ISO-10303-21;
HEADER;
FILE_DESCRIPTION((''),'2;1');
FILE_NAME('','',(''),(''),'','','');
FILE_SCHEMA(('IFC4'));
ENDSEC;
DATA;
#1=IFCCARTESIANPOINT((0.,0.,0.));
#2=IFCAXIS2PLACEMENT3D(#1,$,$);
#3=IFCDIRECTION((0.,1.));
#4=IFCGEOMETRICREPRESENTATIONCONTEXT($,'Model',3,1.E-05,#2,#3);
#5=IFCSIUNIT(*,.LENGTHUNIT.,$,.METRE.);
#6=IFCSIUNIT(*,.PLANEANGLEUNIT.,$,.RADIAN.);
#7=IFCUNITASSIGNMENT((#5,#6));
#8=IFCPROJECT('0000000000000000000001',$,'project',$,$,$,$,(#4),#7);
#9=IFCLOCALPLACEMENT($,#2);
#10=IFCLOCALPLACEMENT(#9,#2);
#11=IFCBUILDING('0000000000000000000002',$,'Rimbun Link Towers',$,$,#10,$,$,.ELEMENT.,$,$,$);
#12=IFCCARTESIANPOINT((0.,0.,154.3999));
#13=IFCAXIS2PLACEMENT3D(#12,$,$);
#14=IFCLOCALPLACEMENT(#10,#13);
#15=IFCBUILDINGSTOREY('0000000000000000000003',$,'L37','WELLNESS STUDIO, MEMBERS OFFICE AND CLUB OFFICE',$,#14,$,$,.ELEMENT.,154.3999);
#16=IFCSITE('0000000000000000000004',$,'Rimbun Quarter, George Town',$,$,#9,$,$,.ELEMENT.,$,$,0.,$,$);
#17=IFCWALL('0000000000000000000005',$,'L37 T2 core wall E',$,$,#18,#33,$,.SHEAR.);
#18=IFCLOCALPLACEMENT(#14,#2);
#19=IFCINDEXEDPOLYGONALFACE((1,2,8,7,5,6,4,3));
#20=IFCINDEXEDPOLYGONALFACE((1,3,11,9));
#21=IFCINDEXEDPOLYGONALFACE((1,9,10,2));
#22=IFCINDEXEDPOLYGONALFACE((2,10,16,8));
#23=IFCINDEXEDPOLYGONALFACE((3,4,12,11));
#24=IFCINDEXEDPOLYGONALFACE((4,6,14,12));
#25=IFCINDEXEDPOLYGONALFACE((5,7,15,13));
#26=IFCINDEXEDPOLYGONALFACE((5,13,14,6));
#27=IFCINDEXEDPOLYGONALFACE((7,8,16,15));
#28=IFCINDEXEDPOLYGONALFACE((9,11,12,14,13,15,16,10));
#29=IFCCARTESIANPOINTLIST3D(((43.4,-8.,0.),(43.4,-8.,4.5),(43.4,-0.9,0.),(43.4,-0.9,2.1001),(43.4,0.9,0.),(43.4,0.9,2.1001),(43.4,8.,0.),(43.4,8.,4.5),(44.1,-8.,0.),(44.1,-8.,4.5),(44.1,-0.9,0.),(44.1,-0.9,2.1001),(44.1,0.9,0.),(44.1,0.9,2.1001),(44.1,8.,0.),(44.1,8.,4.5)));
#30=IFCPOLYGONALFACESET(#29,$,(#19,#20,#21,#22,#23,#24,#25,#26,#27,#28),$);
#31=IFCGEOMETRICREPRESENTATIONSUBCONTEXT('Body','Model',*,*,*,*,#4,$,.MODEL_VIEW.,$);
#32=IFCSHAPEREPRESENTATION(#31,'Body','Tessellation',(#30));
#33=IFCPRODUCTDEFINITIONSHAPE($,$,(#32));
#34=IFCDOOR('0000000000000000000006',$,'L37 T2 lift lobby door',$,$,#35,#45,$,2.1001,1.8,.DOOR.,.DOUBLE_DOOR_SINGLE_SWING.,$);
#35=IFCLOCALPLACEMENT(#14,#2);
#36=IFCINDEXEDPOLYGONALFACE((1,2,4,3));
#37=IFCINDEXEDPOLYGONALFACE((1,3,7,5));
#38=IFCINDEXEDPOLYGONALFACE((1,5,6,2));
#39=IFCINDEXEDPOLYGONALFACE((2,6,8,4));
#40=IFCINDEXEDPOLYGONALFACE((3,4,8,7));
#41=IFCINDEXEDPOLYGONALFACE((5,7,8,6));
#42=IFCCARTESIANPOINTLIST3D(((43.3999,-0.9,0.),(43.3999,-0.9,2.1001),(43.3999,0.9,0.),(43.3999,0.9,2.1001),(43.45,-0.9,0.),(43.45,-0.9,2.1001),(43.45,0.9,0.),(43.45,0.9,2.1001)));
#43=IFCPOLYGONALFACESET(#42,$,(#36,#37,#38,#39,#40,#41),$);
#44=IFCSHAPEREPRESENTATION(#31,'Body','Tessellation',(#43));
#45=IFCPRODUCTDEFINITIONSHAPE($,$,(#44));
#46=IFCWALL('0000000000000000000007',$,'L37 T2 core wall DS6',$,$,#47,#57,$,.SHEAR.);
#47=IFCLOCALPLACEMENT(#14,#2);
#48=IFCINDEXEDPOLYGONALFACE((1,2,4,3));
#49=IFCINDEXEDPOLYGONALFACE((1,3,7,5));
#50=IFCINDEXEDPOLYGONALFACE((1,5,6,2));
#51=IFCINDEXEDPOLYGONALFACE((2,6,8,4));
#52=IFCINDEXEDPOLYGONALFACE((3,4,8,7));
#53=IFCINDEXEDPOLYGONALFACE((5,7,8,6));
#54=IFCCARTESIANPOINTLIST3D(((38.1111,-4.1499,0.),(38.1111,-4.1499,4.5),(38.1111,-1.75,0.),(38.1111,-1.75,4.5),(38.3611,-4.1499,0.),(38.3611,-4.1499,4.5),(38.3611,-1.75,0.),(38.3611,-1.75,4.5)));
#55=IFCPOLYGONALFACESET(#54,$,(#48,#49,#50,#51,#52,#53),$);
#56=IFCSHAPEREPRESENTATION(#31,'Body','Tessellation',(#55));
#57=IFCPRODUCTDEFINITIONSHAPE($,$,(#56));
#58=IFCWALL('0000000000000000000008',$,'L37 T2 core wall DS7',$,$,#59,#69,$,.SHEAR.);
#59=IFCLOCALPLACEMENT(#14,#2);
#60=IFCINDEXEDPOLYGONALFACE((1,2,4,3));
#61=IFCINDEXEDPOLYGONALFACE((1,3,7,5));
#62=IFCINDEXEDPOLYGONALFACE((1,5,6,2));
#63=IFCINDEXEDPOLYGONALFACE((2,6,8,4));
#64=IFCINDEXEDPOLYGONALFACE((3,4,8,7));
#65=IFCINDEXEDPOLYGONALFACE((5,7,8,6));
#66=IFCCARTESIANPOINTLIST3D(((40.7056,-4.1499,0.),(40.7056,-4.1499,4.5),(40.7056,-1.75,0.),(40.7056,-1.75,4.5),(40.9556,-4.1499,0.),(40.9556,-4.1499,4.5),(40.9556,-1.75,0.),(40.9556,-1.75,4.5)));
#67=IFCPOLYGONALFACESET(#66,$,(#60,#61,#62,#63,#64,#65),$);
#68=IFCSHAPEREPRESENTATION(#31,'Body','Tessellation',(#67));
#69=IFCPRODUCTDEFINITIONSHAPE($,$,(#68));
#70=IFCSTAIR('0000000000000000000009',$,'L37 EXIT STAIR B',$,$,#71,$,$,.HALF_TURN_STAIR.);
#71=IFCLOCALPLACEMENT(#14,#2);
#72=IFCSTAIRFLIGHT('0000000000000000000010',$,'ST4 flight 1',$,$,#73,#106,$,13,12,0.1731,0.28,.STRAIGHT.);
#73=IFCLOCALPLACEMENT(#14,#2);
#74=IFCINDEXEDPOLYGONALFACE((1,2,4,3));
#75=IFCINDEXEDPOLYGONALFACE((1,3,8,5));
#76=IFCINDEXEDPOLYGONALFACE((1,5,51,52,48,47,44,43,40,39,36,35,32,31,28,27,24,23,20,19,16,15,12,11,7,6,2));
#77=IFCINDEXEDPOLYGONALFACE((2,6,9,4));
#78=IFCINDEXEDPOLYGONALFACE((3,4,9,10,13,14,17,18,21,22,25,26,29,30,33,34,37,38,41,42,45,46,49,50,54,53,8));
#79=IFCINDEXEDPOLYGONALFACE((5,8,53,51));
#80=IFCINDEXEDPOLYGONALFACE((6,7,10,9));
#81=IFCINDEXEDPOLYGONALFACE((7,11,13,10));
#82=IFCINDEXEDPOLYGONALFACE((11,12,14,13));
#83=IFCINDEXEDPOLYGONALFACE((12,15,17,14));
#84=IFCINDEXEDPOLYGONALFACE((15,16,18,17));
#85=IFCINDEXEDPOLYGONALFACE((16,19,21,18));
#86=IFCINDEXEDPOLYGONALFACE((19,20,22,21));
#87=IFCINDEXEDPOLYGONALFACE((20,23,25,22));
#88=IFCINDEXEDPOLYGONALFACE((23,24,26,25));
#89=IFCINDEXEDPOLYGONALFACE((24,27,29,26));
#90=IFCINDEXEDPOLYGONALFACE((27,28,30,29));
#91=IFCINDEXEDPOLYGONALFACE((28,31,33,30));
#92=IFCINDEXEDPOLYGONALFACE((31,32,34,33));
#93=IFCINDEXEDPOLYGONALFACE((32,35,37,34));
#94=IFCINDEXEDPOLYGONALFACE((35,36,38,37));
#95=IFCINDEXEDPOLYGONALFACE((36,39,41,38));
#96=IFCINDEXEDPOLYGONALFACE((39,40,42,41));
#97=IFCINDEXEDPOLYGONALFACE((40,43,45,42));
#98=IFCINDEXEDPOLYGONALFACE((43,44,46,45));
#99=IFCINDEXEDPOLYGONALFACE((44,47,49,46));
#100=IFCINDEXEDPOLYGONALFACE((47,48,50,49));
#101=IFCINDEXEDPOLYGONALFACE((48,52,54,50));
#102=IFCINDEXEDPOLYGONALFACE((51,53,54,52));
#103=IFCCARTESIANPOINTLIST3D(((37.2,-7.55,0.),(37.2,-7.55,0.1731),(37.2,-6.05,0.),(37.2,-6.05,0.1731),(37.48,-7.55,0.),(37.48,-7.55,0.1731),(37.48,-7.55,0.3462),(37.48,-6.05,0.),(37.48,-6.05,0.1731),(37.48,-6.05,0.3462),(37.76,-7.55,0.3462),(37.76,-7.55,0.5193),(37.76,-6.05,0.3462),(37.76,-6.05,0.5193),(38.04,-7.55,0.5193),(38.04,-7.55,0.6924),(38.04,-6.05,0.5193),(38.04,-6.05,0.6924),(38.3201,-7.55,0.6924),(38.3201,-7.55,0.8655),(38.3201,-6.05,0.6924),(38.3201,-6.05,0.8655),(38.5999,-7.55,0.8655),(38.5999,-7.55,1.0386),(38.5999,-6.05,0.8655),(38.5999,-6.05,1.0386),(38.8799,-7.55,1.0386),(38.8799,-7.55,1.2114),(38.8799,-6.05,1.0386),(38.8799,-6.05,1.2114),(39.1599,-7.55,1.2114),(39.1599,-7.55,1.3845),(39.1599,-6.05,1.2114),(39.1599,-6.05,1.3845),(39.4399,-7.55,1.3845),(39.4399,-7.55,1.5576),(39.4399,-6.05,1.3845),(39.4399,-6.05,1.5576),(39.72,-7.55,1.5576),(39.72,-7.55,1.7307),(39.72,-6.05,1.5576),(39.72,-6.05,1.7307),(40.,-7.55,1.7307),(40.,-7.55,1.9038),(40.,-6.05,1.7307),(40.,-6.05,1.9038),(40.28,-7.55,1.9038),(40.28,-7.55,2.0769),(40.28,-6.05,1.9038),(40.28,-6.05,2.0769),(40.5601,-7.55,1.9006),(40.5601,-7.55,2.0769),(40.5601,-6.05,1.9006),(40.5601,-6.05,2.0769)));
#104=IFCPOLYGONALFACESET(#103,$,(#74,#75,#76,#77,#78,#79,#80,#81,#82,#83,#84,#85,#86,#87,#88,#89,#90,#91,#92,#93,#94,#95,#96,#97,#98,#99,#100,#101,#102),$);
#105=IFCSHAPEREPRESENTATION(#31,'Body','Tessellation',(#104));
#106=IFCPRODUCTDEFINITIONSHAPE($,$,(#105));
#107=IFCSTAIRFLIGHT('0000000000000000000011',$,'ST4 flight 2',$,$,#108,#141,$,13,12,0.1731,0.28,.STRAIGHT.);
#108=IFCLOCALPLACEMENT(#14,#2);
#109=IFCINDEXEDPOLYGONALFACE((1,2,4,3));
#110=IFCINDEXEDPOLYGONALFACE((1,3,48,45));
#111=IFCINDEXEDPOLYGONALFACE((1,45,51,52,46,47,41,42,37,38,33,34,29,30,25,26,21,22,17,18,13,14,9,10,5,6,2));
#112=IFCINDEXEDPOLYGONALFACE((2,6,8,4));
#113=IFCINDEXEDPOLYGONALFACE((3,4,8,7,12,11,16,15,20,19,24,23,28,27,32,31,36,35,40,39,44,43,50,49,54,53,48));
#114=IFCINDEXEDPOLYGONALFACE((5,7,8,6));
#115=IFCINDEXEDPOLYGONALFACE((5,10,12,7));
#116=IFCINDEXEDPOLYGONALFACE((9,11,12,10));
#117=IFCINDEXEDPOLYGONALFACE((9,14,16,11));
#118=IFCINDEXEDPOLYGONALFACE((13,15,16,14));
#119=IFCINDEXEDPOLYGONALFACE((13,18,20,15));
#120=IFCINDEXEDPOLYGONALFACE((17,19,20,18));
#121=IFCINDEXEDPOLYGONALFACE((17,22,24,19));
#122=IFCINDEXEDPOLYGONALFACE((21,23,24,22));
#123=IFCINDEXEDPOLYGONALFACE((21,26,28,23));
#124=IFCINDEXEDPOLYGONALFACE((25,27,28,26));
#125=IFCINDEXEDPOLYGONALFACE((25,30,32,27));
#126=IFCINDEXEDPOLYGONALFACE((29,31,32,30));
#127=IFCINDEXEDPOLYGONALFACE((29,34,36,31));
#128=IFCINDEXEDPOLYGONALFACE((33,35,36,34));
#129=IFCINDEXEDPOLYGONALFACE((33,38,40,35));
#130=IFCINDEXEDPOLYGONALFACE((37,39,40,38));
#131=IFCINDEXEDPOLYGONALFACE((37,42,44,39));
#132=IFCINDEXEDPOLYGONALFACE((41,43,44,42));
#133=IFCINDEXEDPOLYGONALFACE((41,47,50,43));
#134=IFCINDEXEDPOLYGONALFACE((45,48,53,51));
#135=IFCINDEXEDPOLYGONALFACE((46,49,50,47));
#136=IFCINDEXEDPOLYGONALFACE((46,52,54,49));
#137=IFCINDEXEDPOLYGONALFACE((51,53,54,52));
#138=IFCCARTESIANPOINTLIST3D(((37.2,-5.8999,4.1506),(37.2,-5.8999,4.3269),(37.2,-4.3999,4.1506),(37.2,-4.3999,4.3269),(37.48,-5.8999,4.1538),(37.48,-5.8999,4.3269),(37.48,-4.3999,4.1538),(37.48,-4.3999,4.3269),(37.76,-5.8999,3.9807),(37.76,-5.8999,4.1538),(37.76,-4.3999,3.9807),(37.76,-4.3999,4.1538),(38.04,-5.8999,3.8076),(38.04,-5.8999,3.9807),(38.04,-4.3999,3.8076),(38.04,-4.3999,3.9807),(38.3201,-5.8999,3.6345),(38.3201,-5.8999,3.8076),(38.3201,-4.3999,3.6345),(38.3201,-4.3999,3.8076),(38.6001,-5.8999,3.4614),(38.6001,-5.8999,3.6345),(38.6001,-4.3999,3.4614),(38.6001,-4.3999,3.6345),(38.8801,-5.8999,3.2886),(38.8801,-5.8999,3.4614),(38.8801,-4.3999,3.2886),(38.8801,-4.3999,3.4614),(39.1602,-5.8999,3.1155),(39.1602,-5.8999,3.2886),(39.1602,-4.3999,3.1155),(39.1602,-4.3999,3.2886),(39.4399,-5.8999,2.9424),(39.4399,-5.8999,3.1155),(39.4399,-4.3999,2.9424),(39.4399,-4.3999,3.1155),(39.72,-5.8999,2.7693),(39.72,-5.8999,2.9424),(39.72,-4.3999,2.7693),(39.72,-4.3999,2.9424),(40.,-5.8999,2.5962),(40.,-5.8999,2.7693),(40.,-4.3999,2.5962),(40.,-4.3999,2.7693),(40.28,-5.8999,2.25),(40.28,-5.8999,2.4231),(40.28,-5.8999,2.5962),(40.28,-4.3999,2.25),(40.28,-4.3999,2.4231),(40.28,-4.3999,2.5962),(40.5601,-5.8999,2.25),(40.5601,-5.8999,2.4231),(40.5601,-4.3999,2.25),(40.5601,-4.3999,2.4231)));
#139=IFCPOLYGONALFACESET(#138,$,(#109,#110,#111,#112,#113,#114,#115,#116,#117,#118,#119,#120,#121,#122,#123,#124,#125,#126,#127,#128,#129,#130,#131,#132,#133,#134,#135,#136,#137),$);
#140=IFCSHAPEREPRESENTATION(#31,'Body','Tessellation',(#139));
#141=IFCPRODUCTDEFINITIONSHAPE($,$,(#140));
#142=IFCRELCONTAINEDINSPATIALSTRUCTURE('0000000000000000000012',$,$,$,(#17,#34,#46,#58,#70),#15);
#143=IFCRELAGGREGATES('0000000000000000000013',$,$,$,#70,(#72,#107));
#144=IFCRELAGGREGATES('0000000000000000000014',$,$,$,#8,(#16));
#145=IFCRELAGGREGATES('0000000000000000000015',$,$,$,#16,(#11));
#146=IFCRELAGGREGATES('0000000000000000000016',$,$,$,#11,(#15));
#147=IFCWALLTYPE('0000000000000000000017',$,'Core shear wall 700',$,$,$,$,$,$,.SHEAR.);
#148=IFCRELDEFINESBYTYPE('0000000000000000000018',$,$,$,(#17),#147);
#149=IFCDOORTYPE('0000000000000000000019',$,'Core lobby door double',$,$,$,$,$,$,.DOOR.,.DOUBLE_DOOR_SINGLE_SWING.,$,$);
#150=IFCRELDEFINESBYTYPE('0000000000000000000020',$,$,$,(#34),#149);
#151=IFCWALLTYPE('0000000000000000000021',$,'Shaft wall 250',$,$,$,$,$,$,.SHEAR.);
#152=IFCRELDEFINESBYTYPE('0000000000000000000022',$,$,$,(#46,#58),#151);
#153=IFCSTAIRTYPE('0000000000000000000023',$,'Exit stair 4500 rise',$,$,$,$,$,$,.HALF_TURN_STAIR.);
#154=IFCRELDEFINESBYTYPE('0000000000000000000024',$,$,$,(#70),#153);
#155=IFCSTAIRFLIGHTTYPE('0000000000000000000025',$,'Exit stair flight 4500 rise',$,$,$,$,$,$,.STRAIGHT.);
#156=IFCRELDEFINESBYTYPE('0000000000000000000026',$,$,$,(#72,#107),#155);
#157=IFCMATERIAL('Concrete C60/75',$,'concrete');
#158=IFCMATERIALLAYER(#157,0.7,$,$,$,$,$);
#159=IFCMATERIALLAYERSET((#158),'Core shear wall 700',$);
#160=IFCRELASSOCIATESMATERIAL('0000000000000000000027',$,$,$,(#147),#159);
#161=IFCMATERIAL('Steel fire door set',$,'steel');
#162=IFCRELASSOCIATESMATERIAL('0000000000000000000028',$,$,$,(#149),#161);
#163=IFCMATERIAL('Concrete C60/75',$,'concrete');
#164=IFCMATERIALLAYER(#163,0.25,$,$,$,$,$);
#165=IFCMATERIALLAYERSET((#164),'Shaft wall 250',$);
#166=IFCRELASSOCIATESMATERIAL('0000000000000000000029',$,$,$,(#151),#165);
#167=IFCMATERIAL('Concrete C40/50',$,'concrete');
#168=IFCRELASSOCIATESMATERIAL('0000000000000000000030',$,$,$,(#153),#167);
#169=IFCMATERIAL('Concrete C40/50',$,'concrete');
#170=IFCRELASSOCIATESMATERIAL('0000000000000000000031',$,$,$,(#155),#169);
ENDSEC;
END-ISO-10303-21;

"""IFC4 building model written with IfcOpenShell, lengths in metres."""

from ifc_helpers import new_model, si_unit, direction, frame, frame_2d, origin, place, context, subcontext, project, spatial, polyline, rectangle, outline, extrude, material, layer, layer_set, type_object, element, fill, aggregate, save


model = new_model("IFC4")

# Units and contexts
model_context = context("Model", 3, precision=1e-05, world=origin(), true_north=direction((0.0, 1.0)))
body_context = subcontext(model_context, "Body", "Model", "MODEL_VIEW")
ifc_project = project(units=[si_unit("LENGTHUNIT", "METRE"), si_unit("PLANEANGLEUNIT", "RADIAN")], contexts=[model_context])

# Site, building, storey
site_placement = place(None, origin())
site = spatial("IfcSite", under=ifc_project, at=site_placement, Name="Rimbun Quarter, George Town", CompositionType="ELEMENT", RefElevation=0.0)
building_placement = place(site_placement, origin())
building = spatial("IfcBuilding", under=site, at=building_placement, Name="Rimbun Link Towers", CompositionType="ELEMENT")
storey_placement = place(building_placement, frame((0.0, 0.0, 154.3999)))
storey = spatial("IfcBuildingStorey", under=building, at=storey_placement, Name="L37", Description="WELLNESS STUDIO, MEMBERS OFFICE AND CLUB OFFICE", CompositionType="ELEMENT", Elevation=154.3999)

# Wall, opening, door
ifc_material_1 = material(Name="Concrete C60/75", Category="concrete")
ifc_layer_1 = layer(ifc_material_1, 0.7)
ifc_layer_set_1 = layer_set([ifc_layer_1], Name="Core shear wall 700")
wall_type_1 = type_object("IfcWallType", Name="Core shear wall 700", PredefinedType="SHEAR", material=ifc_layer_set_1)
wall_1_placement = place(storey_placement, frame((43.75, -8.0, 0.0), z_axis=(0.0, 0.0, 1.0), x_axis=(0.0, 1.0, 0.0)))
wall_1 = element("IfcWall", 1, at=wall_1_placement, inside=storey, type_object=wall_type_1, Name="L37 T2 core wall E", PredefinedType="SHEAR", context=body_context, shape_type="SweptSolid", body=[
    extrude(rectangle(XDim=16.0, YDim=0.7, at=frame_2d((8.0, 0.0))), origin(), (0.0, 0.0, 1.0), 4.5),
])
opening_1_placement = place(wall_1_placement, frame((7.1001, 0.0, 0.0)))
opening_1 = element("IfcOpeningElement", 2, at=opening_1_placement, cuts=wall_1, PredefinedType="OPENING", context=body_context, shape_type="SweptSolid", body=[
    extrude(rectangle(XDim=1.8, YDim=2.1001, at=frame_2d((0.8999, 1.05))), frame((0.0, 0.3599, 0.0), z_axis=(0.0, -1.0, 0.0), x_axis=(1.0, 0.0, 0.0)), (0.0, 0.0, 1.0), 0.72),
])
ifc_material_2 = material(Name="Steel fire door set", Category="steel")
door_type = type_object("IfcDoorType", Name="Core lobby door double", OperationType="DOUBLE_DOOR_SINGLE_SWING", PredefinedType="DOOR", material=ifc_material_2)
door_placement = place(opening_1_placement, origin())
door = element("IfcDoor", 3, at=door_placement, inside=storey, type_object=door_type, Name="L37 T2 lift lobby door", OperationType="DOUBLE_DOOR_SINGLE_SWING", OverallHeight=2.1001, OverallWidth=1.8, PredefinedType="DOOR", context=body_context, shape_type="SweptSolid", body=[
    extrude(rectangle(XDim=1.8, YDim=2.1001, at=frame_2d((0.8999, 1.05))), frame((0.0, 0.3501, 0.0), z_axis=(0.0, -1.0, 0.0), x_axis=(1.0, 0.0, 0.0)), (0.0, 0.0, 1.0), 0.05),
])
fill(opening_1, door)

# Walls
ifc_material_3 = material(Name="Concrete C60/75", Category="concrete")
ifc_layer_2 = layer(ifc_material_3, 0.25)
ifc_layer_set_2 = layer_set([ifc_layer_2], Name="Shaft wall 250")
wall_type_2 = type_object("IfcWallType", Name="Shaft wall 250", PredefinedType="SHEAR", material=ifc_layer_set_2)
for number, where, z_axis, x_axis, name in (
    (4, (38.2361, -4.1499, 0.0), (0.0, 0.0, 1.0), (0.0, 1.0, 0.0), "L37 T2 core wall DS6"),
    (5, (40.8306, -4.1499, 0.0), (0.0, 0.0, 1.0), (0.0, 1.0, 0.0), "L37 T2 core wall DS7"),
):
    element("IfcWall", number, at=place(storey_placement, frame(where, z_axis=z_axis, x_axis=x_axis)), inside=storey, type_object=wall_type_2, Name=name, PredefinedType="SHEAR", context=body_context, shape_type="SweptSolid", body=[
        extrude(rectangle(XDim=2.3999, YDim=0.25, at=frame_2d((1.2, 0.0))), origin(), (0.0, 0.0, 1.0), 4.5),
    ])

# Stair, stair flights
ifc_material_4 = material(Name="Concrete C40/50", Category="concrete")
stair_type = type_object("IfcStairType", Name="Exit stair 4500 rise", PredefinedType="HALF_TURN_STAIR", material=ifc_material_4)
stair_placement = place(storey_placement, origin())
stair = element("IfcStair", 6, at=stair_placement, inside=storey, type_object=stair_type, Name="L37 EXIT STAIR B", PredefinedType="HALF_TURN_STAIR")
ifc_material_5 = material(Name="Concrete C40/50", Category="concrete")
stair_flight_type = type_object("IfcStairFlightType", Name="Exit stair flight 4500 rise", PredefinedType="STRAIGHT", material=ifc_material_5)
stair_flight_1_placement = place(storey_placement, frame((37.2, -6.8, 0.0), z_axis=(0.0, 0.0, 1.0), x_axis=(1.0, 0.0, 0.0)))
stair_flight_1 = element("IfcStairFlight", 7, at=stair_flight_1_placement, type_object=stair_flight_type, Name="ST4 flight 1", NumberOfRisers=13, NumberOfTreads=12, PredefinedType="STRAIGHT", RiserHeight=0.1731, TreadLength=0.28, context=body_context, shape_type="SweptSolid", body=[
    extrude(outline(polyline([(0.0, 0.0), (0.0, 0.1731), (0.28, 0.1731), (0.28, 0.3462), (0.5601, 0.3462), (0.5601, 0.5193), (0.8401, 0.5193), (0.8401, 0.6924), (1.1201, 0.6924), (1.1201, 0.8655), (1.3999, 0.8655), (1.3999, 1.0386), (1.6799, 1.0386), (1.6799, 1.2114), (1.96, 1.2114), (1.96, 1.3845), (2.24, 1.3845), (2.24, 1.5576), (2.52, 1.5576), (2.52, 1.7307), (2.8, 1.7307), (2.8, 1.9038), (3.0801, 1.9038), (3.0801, 2.0769), (3.3601, 2.0769), (3.3601, 2.25), (3.3601, 1.9006), (0.28, 0.0), (0.0, 0.0)])), frame((0.0, 0.75, 0.0), z_axis=(0.0, -1.0, 0.0), x_axis=(1.0, 0.0, 0.0)), (0.0, 0.0, 1.0), 1.5),
])
stair_flight_2_placement = place(storey_placement, frame((40.5601, -5.1499, 2.25), z_axis=(0.0, 0.0, 1.0), x_axis=(-1.0, 0.0, 0.0)))
stair_flight_2 = element("IfcStairFlight", 8, at=stair_flight_2_placement, type_object=stair_flight_type, Name="ST4 flight 2", NumberOfRisers=13, NumberOfTreads=12, PredefinedType="STRAIGHT", RiserHeight=0.1731, TreadLength=0.28, context=body_context, shape_type="SweptSolid", body=[
    extrude(outline(polyline([(0.0, 0.0), (0.0, 0.1731), (0.28, 0.1731), (0.28, 0.3462), (0.5601, 0.3462), (0.5601, 0.5193), (0.8401, 0.5193), (0.8401, 0.6924), (1.1201, 0.6924), (1.1201, 0.8655), (1.3999, 0.8655), (1.3999, 1.0386), (1.6799, 1.0386), (1.6799, 1.2114), (1.96, 1.2114), (1.96, 1.3845), (2.24, 1.3845), (2.24, 1.5576), (2.52, 1.5576), (2.52, 1.7307), (2.8, 1.7307), (2.8, 1.9038), (3.0801, 1.9038), (3.0801, 2.0769), (3.3601, 2.0769), (3.3601, 2.25), (3.3601, 1.9006), (0.28, 0.0), (0.0, 0.0)])), frame((0.0, 0.75, 0.0), z_axis=(0.0, -1.0, 0.0), x_axis=(1.0, 0.0, 0.0)), (0.0, 0.0, 1.0), 1.5),
])
aggregate(stair, [stair_flight_1, stair_flight_2])

save(model, "model.ifc")
